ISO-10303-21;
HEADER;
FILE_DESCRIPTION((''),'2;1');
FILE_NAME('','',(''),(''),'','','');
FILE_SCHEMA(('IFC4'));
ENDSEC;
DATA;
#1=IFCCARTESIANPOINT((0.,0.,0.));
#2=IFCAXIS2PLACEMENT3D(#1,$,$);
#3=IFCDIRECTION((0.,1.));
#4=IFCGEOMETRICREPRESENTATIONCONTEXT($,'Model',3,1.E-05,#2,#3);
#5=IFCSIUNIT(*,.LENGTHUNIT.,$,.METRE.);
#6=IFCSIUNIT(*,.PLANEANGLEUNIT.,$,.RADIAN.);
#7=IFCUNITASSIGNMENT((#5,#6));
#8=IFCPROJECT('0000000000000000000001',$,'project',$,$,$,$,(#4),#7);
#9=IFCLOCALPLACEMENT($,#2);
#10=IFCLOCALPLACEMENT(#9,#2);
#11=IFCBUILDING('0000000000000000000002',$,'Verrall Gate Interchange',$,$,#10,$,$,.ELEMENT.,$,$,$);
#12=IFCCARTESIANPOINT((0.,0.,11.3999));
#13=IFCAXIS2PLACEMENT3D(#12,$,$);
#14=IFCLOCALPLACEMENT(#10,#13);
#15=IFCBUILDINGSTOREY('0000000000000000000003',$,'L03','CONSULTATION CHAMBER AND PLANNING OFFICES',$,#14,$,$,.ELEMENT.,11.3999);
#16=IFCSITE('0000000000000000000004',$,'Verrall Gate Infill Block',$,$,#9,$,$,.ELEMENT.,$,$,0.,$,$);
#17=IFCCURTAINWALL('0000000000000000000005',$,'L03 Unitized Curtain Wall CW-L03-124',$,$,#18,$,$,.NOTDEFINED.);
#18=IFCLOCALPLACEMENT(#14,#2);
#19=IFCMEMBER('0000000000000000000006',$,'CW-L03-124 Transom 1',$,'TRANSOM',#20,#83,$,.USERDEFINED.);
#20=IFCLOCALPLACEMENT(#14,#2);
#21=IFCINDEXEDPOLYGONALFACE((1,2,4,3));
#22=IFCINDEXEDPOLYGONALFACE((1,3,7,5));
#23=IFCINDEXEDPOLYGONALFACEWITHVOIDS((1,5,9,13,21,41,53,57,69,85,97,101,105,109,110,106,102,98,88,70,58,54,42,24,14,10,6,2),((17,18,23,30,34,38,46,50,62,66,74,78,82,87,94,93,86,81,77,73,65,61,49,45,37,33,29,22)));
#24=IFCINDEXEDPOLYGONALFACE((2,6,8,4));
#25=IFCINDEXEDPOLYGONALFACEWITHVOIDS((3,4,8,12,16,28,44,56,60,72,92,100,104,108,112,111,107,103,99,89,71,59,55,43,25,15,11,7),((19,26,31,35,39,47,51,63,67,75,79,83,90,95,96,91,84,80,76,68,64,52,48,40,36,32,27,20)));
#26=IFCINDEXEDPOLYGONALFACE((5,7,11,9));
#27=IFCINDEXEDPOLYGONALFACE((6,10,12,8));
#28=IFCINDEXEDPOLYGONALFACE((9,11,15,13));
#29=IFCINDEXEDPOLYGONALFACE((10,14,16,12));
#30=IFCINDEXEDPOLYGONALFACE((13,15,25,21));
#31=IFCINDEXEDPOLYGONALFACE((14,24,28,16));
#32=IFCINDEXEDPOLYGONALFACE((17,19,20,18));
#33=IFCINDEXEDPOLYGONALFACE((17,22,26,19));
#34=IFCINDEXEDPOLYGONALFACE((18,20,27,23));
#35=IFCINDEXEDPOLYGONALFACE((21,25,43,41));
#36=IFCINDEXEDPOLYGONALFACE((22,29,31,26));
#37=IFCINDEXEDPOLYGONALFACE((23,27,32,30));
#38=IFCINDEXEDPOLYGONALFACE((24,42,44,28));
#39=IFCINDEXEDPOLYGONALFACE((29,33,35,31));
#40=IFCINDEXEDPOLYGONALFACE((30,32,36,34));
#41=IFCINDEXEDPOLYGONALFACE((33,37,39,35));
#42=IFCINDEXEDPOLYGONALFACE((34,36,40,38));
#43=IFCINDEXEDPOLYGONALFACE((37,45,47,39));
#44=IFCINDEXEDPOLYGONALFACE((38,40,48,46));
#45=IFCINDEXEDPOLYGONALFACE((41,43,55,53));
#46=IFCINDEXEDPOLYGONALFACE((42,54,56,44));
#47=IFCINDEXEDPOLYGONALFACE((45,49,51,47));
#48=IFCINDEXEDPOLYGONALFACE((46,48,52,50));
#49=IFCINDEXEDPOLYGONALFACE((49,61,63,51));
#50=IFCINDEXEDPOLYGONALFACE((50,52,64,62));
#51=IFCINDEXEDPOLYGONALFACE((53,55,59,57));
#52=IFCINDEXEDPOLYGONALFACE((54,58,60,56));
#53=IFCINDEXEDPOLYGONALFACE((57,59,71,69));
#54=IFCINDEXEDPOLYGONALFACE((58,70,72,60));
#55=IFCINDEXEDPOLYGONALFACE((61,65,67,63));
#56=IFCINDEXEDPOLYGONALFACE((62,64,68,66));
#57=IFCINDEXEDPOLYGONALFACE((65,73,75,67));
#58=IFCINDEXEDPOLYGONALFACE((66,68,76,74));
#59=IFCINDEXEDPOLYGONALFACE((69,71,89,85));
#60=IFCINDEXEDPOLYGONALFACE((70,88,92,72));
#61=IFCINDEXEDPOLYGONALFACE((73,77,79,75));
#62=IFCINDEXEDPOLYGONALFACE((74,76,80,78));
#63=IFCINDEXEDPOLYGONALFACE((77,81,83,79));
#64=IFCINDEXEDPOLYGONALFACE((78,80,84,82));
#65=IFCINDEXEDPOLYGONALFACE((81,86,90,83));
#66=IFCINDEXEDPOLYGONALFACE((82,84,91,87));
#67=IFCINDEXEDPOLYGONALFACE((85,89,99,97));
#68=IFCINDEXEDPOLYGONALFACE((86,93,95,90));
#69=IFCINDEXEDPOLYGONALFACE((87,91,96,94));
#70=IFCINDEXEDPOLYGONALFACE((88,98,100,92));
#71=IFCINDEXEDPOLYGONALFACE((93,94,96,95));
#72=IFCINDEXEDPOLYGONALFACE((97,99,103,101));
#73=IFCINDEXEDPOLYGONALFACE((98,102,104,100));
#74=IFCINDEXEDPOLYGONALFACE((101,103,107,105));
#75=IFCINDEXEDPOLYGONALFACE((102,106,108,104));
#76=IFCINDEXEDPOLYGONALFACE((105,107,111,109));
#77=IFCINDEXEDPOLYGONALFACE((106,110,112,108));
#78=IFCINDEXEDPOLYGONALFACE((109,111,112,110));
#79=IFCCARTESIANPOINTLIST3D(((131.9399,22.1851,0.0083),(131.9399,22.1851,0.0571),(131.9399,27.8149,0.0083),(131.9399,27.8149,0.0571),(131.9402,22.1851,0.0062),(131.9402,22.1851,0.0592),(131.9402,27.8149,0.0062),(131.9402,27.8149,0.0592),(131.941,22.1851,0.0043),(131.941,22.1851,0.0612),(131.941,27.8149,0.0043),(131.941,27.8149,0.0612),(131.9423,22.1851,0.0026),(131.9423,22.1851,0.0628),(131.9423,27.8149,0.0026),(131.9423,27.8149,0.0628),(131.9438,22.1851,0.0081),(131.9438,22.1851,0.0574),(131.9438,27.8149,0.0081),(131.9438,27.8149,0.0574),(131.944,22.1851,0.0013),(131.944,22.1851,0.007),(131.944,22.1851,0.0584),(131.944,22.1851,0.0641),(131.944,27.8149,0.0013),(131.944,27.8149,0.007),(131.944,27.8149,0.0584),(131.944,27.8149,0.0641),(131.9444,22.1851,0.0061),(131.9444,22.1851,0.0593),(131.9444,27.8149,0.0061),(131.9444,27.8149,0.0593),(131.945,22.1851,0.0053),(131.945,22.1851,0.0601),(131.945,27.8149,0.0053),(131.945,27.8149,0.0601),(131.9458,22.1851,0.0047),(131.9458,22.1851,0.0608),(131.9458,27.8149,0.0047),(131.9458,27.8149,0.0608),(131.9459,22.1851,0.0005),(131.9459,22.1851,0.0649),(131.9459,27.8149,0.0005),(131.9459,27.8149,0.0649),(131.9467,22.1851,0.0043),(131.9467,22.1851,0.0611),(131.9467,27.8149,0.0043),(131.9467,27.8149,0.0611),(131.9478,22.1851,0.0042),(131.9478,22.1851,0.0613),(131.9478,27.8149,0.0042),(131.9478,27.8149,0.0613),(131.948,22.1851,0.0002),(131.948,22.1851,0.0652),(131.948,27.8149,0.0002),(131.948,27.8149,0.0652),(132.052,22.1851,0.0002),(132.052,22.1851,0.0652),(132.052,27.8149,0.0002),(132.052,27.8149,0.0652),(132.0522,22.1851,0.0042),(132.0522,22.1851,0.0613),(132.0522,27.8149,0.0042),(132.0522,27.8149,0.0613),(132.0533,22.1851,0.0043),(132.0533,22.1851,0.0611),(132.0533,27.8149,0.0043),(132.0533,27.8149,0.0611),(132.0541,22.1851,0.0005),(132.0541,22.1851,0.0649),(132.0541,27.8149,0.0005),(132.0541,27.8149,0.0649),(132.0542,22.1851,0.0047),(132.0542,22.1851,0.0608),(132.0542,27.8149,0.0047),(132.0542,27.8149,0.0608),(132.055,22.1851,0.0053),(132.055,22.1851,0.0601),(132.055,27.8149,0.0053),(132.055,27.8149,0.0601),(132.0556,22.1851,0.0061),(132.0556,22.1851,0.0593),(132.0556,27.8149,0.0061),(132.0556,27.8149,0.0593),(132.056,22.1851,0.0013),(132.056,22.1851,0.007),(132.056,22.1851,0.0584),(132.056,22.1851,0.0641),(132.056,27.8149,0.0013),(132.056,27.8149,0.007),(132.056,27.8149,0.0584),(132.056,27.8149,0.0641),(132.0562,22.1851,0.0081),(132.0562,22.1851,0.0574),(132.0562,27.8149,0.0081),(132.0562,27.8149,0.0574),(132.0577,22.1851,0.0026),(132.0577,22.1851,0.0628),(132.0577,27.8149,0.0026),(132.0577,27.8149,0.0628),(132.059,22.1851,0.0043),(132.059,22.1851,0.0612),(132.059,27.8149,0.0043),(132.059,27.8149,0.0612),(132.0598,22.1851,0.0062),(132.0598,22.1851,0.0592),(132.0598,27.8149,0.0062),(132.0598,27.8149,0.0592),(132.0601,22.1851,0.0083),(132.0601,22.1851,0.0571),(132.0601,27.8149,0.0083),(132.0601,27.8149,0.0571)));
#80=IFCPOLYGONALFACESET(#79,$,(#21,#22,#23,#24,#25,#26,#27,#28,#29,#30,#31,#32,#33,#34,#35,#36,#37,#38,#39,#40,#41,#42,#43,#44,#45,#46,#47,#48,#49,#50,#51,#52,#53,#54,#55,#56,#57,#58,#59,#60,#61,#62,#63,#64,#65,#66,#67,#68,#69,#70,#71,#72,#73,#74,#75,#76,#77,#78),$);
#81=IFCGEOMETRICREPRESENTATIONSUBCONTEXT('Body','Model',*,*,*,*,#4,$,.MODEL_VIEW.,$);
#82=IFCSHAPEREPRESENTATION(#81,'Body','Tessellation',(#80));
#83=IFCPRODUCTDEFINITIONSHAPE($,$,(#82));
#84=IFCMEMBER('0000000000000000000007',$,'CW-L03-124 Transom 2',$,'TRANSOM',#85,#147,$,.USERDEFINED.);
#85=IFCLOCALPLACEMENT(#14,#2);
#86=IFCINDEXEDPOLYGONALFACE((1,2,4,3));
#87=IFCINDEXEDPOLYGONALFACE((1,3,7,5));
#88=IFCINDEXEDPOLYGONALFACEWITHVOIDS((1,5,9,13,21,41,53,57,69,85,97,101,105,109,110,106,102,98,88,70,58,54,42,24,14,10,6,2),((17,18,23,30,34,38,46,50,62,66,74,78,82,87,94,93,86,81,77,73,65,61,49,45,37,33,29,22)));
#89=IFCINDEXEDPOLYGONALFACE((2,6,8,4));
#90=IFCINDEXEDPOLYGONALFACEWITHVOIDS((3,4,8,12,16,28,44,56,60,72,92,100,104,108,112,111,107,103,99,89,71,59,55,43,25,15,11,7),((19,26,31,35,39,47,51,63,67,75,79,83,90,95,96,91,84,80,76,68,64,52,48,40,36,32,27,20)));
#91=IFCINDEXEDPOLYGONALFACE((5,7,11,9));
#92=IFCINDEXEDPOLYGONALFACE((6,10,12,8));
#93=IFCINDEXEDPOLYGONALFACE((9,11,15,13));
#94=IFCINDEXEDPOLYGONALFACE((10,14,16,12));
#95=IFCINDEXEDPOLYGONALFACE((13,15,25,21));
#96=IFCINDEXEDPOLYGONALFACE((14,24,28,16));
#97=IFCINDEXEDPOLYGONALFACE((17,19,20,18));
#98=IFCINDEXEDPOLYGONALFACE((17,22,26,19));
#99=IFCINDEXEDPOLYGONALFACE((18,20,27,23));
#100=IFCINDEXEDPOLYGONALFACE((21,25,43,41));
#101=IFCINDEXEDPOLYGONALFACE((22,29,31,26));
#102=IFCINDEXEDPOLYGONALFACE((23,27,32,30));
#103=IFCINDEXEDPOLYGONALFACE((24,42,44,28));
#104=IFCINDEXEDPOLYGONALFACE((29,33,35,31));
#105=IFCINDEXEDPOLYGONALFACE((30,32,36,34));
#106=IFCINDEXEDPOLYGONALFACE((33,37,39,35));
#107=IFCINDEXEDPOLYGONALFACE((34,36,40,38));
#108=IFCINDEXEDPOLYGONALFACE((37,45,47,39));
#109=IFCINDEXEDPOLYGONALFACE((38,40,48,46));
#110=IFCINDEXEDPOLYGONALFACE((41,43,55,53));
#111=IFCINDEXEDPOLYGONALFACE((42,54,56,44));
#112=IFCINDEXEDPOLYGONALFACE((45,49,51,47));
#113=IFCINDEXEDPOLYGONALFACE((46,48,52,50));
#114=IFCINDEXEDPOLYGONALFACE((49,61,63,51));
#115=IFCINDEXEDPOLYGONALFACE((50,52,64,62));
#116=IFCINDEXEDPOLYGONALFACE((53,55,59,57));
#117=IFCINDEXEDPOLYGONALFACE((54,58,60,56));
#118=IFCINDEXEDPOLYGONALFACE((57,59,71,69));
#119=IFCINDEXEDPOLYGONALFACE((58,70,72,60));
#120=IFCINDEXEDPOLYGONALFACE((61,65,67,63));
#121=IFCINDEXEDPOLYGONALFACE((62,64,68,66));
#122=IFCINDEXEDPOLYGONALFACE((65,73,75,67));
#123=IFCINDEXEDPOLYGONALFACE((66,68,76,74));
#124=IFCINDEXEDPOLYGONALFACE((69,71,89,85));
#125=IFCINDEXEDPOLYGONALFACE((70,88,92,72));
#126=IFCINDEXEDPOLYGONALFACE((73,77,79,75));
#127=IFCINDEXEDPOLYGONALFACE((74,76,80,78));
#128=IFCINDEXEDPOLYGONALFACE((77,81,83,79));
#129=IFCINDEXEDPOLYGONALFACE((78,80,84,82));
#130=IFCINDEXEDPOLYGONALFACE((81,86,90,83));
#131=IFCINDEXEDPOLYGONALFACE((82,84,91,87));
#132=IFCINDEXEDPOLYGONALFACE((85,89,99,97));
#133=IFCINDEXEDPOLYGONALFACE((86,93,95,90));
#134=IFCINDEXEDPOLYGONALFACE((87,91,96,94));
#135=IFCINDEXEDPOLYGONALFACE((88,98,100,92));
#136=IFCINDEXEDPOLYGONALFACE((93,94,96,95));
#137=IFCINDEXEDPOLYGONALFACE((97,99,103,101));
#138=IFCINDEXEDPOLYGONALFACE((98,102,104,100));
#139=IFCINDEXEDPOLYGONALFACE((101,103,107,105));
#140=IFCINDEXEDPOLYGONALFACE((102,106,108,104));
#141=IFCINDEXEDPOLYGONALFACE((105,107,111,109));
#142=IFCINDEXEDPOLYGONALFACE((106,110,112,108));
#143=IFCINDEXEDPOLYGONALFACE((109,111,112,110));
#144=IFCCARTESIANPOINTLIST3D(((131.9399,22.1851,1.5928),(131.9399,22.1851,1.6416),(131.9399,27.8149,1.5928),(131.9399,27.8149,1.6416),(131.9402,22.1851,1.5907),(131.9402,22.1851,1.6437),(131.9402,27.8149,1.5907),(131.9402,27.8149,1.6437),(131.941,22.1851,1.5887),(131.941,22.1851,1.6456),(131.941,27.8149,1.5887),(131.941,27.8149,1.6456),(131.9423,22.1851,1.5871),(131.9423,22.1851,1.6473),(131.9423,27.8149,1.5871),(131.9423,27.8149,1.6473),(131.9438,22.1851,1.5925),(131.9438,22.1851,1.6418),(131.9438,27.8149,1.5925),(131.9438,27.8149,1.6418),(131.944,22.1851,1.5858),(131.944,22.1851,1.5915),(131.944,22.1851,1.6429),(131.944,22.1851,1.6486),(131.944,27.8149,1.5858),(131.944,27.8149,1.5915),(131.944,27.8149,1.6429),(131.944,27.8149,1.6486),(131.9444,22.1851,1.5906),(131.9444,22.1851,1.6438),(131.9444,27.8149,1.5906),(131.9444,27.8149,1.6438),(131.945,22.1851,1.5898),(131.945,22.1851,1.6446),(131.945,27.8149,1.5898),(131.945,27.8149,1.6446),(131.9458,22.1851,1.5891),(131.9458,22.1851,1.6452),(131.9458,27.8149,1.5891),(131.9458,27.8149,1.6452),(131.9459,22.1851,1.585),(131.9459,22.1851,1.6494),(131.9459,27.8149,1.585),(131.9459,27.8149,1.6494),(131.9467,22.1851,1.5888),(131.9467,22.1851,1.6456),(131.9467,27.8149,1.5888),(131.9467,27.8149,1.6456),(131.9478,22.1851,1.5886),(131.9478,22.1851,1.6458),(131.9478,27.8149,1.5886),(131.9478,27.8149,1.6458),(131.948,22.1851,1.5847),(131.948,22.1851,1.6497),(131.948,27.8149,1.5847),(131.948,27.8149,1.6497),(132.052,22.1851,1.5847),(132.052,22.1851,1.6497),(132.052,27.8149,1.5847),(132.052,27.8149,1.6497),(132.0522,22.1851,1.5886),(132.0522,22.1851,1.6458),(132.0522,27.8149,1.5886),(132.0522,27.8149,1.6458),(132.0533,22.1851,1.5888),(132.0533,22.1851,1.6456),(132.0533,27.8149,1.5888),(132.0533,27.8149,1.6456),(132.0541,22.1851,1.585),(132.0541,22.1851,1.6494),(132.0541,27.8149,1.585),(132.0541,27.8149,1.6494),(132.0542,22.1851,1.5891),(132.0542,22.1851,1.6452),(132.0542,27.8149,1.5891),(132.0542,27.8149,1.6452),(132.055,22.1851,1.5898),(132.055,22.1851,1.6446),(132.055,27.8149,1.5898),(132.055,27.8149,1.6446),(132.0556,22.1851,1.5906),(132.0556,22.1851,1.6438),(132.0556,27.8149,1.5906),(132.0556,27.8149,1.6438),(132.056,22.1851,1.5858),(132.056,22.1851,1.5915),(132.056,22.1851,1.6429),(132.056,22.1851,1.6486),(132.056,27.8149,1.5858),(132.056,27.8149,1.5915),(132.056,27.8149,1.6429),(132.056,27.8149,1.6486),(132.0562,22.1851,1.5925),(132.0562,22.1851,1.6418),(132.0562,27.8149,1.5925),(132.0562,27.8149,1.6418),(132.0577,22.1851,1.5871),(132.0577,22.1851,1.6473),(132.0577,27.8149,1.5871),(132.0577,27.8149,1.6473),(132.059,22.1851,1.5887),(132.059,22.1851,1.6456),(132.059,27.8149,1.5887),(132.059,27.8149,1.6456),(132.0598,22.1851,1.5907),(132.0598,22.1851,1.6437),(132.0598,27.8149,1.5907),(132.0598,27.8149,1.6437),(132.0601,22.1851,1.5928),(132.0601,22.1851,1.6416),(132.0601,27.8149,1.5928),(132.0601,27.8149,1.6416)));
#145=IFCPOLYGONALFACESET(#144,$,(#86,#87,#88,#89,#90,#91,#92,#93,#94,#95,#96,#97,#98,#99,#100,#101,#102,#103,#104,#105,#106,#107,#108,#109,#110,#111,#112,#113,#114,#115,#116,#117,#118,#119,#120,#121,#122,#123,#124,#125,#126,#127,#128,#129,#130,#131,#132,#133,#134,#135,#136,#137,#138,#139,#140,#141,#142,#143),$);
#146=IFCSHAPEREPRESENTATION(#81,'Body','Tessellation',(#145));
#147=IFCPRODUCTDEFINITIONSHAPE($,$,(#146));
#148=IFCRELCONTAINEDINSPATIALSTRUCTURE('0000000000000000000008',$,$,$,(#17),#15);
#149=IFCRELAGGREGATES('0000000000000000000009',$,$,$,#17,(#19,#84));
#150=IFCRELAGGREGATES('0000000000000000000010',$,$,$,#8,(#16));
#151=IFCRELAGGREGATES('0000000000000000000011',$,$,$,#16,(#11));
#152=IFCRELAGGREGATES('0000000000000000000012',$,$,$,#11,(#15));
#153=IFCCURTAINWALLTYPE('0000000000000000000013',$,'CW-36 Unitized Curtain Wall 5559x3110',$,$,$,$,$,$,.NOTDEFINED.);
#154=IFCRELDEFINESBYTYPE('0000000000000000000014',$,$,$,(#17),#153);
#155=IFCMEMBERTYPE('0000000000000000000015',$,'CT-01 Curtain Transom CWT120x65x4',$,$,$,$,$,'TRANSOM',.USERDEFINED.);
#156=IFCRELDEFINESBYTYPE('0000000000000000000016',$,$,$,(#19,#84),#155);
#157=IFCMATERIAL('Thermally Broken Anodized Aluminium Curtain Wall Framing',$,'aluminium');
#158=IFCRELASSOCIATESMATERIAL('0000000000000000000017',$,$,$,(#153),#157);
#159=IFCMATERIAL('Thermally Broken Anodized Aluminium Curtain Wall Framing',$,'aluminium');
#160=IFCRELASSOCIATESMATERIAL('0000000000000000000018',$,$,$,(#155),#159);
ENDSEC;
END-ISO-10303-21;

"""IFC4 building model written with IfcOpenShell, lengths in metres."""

from ifc_helpers import new_model, si_unit, direction, frame, origin, origin_2d, place, context, subcontext, project, spatial, hollow_rectangle, extrude, material, material_profile, profile_set, type_object, element, aggregate, save


model = new_model("IFC4")

# Units and contexts
model_context = context("Model", 3, precision=1e-05, world=origin(), true_north=direction((0.0, 1.0)))
body_context = subcontext(model_context, "Body", "Model", "MODEL_VIEW")
ifc_project = project(units=[si_unit("LENGTHUNIT", "METRE"), si_unit("PLANEANGLEUNIT", "RADIAN")], contexts=[model_context])

# Site, building, storey
site_placement = place(None, origin())
site = spatial("IfcSite", under=ifc_project, at=site_placement, Name="Verrall Gate Infill Block", CompositionType="ELEMENT", RefElevation=0.0)
building_placement = place(site_placement, origin())
building = spatial("IfcBuilding", under=site, at=building_placement, Name="Verrall Gate Interchange", CompositionType="ELEMENT")
storey_placement = place(building_placement, frame((0.0, 0.0, 11.3999)))
storey = spatial("IfcBuildingStorey", under=building, at=storey_placement, Name="L03", Description="CONSULTATION CHAMBER AND PLANNING OFFICES", CompositionType="ELEMENT", Elevation=11.3999)

# Curtain wall
ifc_material_1 = material(Name="Thermally Broken Anodized Aluminium Curtain Wall Framing", Category="aluminium")
curtain_wall_type = type_object("IfcCurtainWallType", Name="CW-36 Unitized Curtain Wall 5559x3110", PredefinedType="NOTDEFINED", material=ifc_material_1)
curtain_wall_1_placement = place(storey_placement, origin())
curtain_wall_1 = element("IfcCurtainWall", 1, at=curtain_wall_1_placement, inside=storey, type_object=curtain_wall_type, Name="L03 Unitized Curtain Wall CW-L03-124", PredefinedType="NOTDEFINED")

# Members
ifc_material_2 = material(Name="Thermally Broken Anodized Aluminium Curtain Wall Framing", Category="aluminium")
ifc_material_profile_1 = material_profile(ifc_material_2, hollow_rectangle(XDim=0.1201, YDim=0.0649, WallThickness=0.0039, InnerFilletRadius=0.0039, OuterFilletRadius=0.0081, at=origin_2d()), Name="CWT120x65x4")
ifc_profile_set_1 = profile_set([ifc_material_profile_1], Name="Thermally Broken Anodized Aluminium Curtain Wall Framing")
member_type_1 = type_object("IfcMemberType", Name="CT-01 Curtain Transom CWT120x65x4", ElementType="TRANSOM", PredefinedType="USERDEFINED", material=ifc_profile_set_1)
member_1_placement = place(storey_placement, frame((132.0, 27.8149, 0.0327), z_axis=(0.0, -1.0, 0.0), x_axis=(1.0, 0.0, 0.0)))
member_1 = element("IfcMember", 2, at=member_1_placement, type_object=member_type_1, Name="CW-L03-124 Transom 1", ObjectType="TRANSOM", PredefinedType="USERDEFINED", context=body_context, shape_type="SweptSolid", body=[
    extrude(hollow_rectangle(XDim=0.1201, YDim=0.0649, WallThickness=0.0039, InnerFilletRadius=0.0039, OuterFilletRadius=0.0081, at=origin_2d()), origin(), (0.0, 0.0, 1.0), 5.6299),
])
member_2_placement = place(storey_placement, frame((132.0, 27.8149, 1.6172), z_axis=(0.0, -1.0, 0.0), x_axis=(1.0, 0.0, 0.0)))
member_2 = element("IfcMember", 3, at=member_2_placement, type_object=member_type_1, Name="CW-L03-124 Transom 2", ObjectType="TRANSOM", PredefinedType="USERDEFINED", context=body_context, shape_type="SweptSolid", body=[
    extrude(hollow_rectangle(XDim=0.1201, YDim=0.0649, WallThickness=0.0039, InnerFilletRadius=0.0039, OuterFilletRadius=0.0081, at=origin_2d()), origin(), (0.0, 0.0, 1.0), 5.6299),
])

aggregate(curtain_wall_1, [member_1, member_2])

save(model, "model.ifc")
